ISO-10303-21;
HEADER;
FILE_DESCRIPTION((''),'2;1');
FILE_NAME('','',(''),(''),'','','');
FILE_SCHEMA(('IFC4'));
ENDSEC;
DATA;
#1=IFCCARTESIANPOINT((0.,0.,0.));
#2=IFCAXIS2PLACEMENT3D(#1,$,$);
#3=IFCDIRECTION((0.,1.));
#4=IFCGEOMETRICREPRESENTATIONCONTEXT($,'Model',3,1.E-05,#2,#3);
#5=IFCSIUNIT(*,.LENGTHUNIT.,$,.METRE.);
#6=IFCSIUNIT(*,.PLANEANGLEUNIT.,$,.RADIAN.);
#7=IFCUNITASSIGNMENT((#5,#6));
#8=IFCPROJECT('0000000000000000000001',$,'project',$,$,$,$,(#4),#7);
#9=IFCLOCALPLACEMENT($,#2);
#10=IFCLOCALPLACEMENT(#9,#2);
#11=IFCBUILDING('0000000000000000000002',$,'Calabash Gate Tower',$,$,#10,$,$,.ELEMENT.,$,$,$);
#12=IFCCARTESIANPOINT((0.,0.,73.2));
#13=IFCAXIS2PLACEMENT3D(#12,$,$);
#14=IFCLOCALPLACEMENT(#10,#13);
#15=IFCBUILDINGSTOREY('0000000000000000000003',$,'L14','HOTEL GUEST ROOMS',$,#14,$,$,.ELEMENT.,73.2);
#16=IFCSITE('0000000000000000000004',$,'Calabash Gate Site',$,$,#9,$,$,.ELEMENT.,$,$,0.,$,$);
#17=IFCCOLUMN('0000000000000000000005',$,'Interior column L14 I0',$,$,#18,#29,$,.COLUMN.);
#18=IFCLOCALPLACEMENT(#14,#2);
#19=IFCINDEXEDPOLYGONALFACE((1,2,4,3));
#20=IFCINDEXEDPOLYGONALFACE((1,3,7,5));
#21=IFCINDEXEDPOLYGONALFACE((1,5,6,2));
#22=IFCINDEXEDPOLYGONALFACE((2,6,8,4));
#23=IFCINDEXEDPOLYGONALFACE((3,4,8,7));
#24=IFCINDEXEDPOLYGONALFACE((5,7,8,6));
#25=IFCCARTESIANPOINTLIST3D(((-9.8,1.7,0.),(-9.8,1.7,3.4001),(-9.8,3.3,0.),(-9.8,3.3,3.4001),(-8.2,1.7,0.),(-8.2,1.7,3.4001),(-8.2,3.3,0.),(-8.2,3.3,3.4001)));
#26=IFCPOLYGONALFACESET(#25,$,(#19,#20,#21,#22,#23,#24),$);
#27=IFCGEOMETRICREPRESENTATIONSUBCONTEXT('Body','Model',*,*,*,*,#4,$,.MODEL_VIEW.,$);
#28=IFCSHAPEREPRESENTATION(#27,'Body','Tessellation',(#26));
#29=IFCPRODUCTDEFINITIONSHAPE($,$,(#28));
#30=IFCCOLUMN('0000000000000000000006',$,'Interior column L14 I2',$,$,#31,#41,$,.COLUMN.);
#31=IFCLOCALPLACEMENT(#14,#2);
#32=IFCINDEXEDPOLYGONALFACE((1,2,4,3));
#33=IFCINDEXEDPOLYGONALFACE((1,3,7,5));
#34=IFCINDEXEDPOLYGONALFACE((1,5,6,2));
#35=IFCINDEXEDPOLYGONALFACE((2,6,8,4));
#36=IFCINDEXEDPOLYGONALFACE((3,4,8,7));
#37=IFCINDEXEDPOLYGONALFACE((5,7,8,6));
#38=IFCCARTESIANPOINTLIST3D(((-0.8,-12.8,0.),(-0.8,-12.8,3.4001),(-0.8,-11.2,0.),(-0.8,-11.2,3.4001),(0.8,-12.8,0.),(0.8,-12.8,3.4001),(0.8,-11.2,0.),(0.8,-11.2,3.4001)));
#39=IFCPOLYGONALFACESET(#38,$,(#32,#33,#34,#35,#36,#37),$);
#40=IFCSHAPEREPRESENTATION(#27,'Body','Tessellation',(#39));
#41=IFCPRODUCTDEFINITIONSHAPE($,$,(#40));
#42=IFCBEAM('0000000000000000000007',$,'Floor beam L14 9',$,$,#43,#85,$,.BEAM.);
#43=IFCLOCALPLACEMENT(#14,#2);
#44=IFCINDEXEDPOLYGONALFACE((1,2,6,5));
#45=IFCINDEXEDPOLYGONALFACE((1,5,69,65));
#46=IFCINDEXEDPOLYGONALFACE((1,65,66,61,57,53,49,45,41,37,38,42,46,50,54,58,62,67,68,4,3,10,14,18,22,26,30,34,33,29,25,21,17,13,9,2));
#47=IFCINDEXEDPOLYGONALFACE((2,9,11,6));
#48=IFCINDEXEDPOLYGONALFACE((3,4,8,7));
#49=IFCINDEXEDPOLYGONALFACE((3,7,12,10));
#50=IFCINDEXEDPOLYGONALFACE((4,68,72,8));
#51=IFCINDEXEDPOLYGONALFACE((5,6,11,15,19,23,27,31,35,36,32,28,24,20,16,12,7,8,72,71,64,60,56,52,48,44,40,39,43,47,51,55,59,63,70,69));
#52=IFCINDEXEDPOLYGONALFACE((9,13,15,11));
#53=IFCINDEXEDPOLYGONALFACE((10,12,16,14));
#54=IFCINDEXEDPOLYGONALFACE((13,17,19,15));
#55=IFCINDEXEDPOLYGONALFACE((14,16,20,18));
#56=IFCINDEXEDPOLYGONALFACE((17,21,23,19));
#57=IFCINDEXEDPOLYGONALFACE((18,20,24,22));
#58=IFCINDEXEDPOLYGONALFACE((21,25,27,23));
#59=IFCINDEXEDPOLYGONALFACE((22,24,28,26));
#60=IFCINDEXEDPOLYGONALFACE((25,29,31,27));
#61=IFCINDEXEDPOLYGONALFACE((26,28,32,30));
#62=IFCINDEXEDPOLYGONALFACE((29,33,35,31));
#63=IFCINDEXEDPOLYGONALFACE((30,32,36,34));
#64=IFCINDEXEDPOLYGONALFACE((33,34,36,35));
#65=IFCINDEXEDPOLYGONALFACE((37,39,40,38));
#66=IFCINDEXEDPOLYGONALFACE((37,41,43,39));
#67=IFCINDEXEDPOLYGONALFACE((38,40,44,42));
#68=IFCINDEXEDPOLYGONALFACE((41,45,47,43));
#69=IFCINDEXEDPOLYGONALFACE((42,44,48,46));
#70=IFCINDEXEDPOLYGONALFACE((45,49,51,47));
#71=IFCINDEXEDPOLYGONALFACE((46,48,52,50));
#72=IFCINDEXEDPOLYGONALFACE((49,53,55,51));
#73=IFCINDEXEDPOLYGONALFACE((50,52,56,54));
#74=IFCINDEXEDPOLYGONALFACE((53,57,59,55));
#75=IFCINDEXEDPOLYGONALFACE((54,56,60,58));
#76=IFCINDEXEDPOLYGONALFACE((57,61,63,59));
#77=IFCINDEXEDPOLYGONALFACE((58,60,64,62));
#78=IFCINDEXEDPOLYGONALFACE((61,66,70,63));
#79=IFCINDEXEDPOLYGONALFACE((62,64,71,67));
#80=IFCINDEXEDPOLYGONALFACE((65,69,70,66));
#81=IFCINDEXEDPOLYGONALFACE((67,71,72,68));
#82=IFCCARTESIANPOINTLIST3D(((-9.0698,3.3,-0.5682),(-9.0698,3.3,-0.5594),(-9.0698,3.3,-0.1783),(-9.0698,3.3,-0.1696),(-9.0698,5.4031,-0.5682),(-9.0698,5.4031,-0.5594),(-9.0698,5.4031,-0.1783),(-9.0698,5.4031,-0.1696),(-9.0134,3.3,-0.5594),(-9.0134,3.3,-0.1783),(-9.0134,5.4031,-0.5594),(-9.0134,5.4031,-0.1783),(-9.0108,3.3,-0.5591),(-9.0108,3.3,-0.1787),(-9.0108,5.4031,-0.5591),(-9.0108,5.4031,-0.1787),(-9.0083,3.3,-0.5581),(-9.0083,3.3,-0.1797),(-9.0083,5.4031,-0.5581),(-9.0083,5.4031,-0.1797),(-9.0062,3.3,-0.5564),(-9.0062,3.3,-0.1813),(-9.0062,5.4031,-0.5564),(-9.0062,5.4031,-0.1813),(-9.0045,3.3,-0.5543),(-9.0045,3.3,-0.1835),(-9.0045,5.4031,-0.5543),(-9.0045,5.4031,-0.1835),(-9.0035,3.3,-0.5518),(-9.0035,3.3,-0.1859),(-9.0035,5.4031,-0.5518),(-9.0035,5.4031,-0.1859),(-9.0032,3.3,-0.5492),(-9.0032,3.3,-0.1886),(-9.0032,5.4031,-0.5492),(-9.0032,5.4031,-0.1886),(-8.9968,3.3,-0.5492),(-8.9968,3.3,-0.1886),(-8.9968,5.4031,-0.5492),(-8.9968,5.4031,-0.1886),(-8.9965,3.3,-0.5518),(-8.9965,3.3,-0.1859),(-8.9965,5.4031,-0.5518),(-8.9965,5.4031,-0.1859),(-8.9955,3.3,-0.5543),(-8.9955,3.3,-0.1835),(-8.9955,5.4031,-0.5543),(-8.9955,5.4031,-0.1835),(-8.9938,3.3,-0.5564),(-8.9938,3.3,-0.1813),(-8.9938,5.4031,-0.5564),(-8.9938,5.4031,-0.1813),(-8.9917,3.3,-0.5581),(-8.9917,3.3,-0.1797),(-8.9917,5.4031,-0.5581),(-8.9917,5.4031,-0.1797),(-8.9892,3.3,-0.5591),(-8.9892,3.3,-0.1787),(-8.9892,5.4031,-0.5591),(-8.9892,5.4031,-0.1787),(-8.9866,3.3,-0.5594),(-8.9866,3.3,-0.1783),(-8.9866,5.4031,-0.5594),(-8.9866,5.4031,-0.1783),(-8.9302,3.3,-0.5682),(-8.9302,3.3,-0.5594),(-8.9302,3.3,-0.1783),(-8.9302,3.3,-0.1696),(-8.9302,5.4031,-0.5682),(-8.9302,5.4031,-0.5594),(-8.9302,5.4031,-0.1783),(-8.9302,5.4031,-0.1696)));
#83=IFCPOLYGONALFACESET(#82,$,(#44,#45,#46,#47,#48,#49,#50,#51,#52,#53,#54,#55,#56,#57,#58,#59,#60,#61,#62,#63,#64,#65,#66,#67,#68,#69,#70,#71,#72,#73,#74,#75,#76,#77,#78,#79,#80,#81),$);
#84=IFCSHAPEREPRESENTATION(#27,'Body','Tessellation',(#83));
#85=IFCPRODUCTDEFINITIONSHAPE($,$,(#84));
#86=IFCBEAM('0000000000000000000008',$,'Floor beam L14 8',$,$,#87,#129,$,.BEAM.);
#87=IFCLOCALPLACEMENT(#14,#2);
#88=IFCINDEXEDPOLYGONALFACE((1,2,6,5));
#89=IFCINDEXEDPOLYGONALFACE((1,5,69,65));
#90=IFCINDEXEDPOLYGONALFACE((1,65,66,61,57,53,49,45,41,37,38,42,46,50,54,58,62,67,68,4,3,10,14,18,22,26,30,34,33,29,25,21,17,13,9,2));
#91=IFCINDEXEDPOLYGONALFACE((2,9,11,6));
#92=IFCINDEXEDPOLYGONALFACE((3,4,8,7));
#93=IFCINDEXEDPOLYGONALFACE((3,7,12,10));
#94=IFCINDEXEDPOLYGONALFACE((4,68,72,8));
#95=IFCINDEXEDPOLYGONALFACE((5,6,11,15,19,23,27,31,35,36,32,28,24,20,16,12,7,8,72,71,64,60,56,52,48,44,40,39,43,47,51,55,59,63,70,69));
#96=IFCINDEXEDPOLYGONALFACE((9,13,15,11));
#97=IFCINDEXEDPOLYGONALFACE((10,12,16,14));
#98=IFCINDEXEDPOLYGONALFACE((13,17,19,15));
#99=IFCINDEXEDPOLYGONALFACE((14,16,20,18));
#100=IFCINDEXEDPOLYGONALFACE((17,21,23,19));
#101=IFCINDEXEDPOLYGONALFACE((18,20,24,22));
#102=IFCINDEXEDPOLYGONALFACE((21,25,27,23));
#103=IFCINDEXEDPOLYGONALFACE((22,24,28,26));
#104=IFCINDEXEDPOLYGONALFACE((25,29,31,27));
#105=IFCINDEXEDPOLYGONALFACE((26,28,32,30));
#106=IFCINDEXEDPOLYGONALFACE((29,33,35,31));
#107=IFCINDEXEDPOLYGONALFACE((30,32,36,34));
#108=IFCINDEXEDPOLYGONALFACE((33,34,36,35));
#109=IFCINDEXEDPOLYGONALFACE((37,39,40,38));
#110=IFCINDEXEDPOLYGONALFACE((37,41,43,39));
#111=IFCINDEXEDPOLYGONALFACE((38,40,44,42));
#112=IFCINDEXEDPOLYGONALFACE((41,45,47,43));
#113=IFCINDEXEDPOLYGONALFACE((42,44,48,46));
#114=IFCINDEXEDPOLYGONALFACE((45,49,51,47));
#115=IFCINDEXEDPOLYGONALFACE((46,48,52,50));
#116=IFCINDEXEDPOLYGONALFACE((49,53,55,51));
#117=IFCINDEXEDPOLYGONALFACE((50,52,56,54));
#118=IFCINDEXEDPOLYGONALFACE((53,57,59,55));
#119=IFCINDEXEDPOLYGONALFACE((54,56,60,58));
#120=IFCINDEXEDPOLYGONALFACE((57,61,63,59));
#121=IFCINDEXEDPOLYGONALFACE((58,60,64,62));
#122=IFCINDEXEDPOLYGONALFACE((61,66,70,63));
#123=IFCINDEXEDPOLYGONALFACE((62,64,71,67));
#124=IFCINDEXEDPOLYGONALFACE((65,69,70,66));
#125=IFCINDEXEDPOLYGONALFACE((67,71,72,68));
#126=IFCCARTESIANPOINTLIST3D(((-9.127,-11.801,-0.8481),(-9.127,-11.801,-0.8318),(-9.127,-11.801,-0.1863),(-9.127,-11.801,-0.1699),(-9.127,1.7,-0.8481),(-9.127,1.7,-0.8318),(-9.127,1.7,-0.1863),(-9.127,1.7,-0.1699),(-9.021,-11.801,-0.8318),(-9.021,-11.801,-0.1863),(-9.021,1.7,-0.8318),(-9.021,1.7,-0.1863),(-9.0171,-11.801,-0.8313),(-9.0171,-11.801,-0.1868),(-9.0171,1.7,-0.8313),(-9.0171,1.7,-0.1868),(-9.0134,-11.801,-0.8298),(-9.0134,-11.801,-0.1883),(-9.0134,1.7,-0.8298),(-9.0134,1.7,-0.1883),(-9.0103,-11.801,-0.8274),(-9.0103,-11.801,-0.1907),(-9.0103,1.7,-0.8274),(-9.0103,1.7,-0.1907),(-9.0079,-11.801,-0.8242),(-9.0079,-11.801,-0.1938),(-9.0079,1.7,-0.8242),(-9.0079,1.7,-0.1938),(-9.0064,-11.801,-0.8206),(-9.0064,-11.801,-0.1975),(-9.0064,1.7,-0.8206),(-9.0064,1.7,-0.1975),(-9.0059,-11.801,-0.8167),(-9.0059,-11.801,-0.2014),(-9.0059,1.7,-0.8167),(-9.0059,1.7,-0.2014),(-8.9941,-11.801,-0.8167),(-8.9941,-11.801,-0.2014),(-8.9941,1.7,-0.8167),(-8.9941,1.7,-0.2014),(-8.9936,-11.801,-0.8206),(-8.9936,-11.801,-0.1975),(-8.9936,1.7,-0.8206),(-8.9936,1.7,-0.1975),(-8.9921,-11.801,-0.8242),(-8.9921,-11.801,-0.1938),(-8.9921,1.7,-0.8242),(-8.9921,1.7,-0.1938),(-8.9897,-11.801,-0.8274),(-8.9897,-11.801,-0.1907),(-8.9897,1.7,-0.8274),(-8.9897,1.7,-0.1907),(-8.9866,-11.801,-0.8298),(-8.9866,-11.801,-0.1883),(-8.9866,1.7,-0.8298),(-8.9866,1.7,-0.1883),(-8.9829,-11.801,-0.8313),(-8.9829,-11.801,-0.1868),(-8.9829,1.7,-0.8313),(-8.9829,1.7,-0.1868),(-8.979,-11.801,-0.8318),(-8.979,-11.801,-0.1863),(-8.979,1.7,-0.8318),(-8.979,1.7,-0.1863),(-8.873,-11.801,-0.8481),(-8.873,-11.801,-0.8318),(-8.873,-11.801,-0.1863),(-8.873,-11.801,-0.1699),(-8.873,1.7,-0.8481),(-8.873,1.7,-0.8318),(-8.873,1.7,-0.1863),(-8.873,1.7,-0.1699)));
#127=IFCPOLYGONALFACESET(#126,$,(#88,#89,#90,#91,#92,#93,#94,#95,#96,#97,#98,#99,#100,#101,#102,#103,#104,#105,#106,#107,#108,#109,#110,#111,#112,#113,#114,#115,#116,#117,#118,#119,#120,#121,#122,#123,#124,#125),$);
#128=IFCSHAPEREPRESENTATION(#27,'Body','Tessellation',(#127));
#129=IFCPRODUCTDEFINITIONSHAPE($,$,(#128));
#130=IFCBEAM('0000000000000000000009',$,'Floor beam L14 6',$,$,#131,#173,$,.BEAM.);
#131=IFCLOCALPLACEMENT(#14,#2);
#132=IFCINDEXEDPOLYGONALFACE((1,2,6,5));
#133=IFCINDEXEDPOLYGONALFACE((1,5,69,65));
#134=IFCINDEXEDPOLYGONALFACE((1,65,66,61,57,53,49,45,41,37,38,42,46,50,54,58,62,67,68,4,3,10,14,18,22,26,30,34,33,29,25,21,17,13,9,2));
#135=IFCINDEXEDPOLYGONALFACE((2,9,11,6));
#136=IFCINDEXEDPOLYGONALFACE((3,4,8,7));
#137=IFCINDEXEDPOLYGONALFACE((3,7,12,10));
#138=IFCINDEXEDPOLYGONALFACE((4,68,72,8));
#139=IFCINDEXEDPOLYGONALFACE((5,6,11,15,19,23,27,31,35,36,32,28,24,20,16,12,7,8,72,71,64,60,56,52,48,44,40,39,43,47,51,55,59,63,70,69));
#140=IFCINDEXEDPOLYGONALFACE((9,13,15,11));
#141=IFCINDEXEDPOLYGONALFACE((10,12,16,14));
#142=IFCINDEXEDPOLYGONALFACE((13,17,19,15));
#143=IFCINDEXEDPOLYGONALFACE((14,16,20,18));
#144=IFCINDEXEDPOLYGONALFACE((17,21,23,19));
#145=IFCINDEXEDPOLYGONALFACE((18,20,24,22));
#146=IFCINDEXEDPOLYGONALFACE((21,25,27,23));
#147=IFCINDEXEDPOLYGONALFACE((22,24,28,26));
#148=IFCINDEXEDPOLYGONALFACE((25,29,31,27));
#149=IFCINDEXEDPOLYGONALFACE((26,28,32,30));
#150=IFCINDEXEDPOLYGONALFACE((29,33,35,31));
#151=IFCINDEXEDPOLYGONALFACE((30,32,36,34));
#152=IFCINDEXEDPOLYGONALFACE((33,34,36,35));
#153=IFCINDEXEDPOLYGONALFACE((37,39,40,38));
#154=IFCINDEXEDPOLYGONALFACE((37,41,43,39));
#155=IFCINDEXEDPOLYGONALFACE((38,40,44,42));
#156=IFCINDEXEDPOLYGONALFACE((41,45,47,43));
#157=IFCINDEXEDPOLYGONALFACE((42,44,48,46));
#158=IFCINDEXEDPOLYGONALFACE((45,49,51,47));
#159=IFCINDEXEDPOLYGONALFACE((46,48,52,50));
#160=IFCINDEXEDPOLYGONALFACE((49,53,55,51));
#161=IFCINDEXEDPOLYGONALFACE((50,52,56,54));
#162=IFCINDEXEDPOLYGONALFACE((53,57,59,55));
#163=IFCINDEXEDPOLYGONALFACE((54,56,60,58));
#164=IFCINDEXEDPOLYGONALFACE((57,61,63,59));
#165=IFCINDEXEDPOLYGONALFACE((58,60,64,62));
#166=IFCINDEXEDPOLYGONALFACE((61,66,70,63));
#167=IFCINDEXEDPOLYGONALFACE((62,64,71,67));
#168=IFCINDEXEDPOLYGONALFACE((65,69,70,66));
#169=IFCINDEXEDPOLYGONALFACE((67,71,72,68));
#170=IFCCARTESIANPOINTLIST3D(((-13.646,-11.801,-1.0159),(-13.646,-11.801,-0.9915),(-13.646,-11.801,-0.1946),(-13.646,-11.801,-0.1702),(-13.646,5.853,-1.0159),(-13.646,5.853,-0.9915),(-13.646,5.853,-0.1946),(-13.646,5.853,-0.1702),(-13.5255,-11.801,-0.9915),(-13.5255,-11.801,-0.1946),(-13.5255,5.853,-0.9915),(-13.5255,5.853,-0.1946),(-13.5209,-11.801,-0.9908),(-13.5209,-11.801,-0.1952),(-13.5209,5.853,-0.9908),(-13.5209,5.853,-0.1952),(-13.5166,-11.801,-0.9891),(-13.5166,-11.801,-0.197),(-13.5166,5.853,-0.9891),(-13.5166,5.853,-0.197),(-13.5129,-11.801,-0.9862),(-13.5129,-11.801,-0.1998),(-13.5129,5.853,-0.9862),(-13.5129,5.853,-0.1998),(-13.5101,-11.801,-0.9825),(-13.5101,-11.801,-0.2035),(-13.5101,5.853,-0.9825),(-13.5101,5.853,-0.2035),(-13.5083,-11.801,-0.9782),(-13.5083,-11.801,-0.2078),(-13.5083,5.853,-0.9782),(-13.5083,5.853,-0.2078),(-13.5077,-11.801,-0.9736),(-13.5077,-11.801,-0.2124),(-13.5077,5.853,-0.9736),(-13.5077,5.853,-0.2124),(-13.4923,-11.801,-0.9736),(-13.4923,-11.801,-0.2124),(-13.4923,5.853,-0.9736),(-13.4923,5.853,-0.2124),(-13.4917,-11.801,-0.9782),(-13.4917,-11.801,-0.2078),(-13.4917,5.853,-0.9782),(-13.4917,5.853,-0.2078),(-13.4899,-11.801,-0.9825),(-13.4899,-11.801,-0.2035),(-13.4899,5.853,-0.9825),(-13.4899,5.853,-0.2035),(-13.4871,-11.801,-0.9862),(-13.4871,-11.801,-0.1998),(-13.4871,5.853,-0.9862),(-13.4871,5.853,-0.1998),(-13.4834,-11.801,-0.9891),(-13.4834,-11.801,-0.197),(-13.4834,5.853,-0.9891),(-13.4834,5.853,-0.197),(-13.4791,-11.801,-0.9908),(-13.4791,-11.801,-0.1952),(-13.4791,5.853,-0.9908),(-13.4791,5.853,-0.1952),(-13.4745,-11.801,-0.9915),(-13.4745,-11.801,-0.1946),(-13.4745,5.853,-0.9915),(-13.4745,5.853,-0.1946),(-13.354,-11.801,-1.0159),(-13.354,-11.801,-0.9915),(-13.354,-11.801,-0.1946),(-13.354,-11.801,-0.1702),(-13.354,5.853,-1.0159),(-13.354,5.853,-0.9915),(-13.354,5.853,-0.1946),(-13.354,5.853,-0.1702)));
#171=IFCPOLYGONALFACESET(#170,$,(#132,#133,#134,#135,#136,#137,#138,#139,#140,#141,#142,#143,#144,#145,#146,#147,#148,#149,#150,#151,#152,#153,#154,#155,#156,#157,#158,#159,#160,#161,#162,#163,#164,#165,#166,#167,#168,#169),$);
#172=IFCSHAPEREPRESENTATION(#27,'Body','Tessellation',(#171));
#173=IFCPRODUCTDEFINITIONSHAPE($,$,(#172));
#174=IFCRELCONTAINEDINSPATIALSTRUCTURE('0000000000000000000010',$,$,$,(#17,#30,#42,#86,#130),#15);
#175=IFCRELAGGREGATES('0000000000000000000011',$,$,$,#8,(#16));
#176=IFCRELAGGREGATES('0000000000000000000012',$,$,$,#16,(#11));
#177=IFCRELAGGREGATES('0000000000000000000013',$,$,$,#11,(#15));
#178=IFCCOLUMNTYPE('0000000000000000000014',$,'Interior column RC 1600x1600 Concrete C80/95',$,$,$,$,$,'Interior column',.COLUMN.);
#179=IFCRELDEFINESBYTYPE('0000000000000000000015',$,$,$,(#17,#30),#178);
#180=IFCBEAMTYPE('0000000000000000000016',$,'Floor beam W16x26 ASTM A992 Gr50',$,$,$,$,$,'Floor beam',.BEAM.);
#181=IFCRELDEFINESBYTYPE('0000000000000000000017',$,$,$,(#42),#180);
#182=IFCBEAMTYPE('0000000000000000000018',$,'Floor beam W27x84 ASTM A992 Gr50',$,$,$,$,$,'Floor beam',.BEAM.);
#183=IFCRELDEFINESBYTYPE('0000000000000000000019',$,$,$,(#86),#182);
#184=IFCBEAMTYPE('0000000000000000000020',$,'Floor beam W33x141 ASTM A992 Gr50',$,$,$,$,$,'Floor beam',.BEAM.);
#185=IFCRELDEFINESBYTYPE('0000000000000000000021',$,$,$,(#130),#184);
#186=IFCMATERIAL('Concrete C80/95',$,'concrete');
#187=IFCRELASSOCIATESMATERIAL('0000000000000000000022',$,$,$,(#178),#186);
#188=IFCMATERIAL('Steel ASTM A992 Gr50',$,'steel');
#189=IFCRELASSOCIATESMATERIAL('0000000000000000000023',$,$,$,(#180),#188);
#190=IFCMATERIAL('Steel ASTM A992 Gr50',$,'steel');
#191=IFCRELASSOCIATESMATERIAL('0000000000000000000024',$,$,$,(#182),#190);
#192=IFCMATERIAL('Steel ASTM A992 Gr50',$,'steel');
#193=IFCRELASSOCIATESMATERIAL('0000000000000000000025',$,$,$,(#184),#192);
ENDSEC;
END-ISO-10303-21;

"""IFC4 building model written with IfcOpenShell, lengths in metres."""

from ifc_helpers import new_model, si_unit, direction, frame, origin, origin_2d, place, context, subcontext, project, spatial, rectangle, i_section, extrude, material, material_profile, profile_set, type_object, element, save


model = new_model("IFC4")

# Units and contexts
model_context = context("Model", 3, precision=1e-05, world=origin(), true_north=direction((0.0, 1.0)))
body_context = subcontext(model_context, "Body", "Model", "MODEL_VIEW")
ifc_project = project(units=[si_unit("LENGTHUNIT", "METRE"), si_unit("PLANEANGLEUNIT", "RADIAN")], contexts=[model_context])

# Site, building, storey
site_placement = place(None, origin())
site = spatial("IfcSite", under=ifc_project, at=site_placement, Name="Calabash Gate Site", CompositionType="ELEMENT", RefElevation=0.0)
building_placement = place(site_placement, origin())
building = spatial("IfcBuilding", under=site, at=building_placement, Name="Calabash Gate Tower", CompositionType="ELEMENT")
storey_placement = place(building_placement, frame((0.0, 0.0, 73.2)))
storey = spatial("IfcBuildingStorey", under=building, at=storey_placement, Name="L14", Description="HOTEL GUEST ROOMS", CompositionType="ELEMENT", Elevation=73.2)

# Columns
ifc_material_1 = material(Name="Concrete C80/95", Category="concrete")
ifc_material_profile_1 = material_profile(ifc_material_1, rectangle(XDim=1.6001, YDim=1.6001, at=origin_2d()))
ifc_profile_set_1 = profile_set([ifc_material_profile_1], Name="Concrete C80/95")
column_type = type_object("IfcColumnType", Name="Interior column RC 1600x1600 Concrete C80/95", ElementType="Interior column", PredefinedType="COLUMN", material=ifc_profile_set_1)
for number, where, z_axis, x_axis, name in (
    (1, (-9.0, 2.5, 0.0), (0.0, 0.0, 1.0), (1.0, 0.0, 0.0), "Interior column L14 I0"),
    (2, (0.0, -12.0, 0.0), (0.0, 0.0, 1.0), (1.0, 0.0, 0.0), "Interior column L14 I2"),
):
    element("IfcColumn", number, at=place(storey_placement, frame(where, z_axis=z_axis, x_axis=x_axis)), inside=storey, type_object=column_type, Name=name, PredefinedType="COLUMN", context=body_context, shape_type="SweptSolid", body=[
        extrude(rectangle(XDim=1.6001, YDim=1.6001, at=origin_2d()), origin(), (0.0, 0.0, 1.0), 3.4001),
    ])

# Beams
ifc_material_2 = material(Name="Steel ASTM A992 Gr50", Category="steel")
ifc_material_profile_2 = material_profile(ifc_material_2, i_section(OverallWidth=0.1396, OverallDepth=0.3987, WebThickness=0.0063, FlangeThickness=0.0088, FilletRadius=0.0103, at=origin_2d()))
ifc_profile_set_2 = profile_set([ifc_material_profile_2], Name="Steel ASTM A992 Gr50")
beam_type_1 = type_object("IfcBeamType", Name="Floor beam W16x26 ASTM A992 Gr50", ElementType="Floor beam", PredefinedType="BEAM", material=ifc_profile_set_2)
beam_1_placement = place(storey_placement, frame((-9.0, 3.3, -0.3689), z_axis=(0.0, 1.0, 0.0), x_axis=(-1.0, 0.0, 0.0)))
element("IfcBeam", 3, at=beam_1_placement, inside=storey, type_object=beam_type_1, Name="Floor beam L14 9", PredefinedType="BEAM", context=body_context, shape_type="SweptSolid", body=[
    extrude(i_section(OverallWidth=0.1396, OverallDepth=0.3987, WebThickness=0.0063, FlangeThickness=0.0088, FilletRadius=0.0103, at=origin_2d()), origin(), (0.0, 0.0, 1.0), 2.103),
])
ifc_material_3 = material(Name="Steel ASTM A992 Gr50", Category="steel")
ifc_material_profile_3 = material_profile(ifc_material_3, i_section(OverallWidth=0.2539, OverallDepth=0.6782, WebThickness=0.0117, FlangeThickness=0.0164, FilletRadius=0.0151, at=origin_2d()))
ifc_profile_set_3 = profile_set([ifc_material_profile_3], Name="Steel ASTM A992 Gr50")
beam_type_2 = type_object("IfcBeamType", Name="Floor beam W27x84 ASTM A992 Gr50", ElementType="Floor beam", PredefinedType="BEAM", material=ifc_profile_set_3)
beam_2_placement = place(storey_placement, frame((-9.0, -11.801, -0.509), z_axis=(0.0, 1.0, 0.0), x_axis=(-1.0, 0.0, 0.0)))
element("IfcBeam", 4, at=beam_2_placement, inside=storey, type_object=beam_type_2, Name="Floor beam L14 8", PredefinedType="BEAM", context=body_context, shape_type="SweptSolid", body=[
    extrude(i_section(OverallWidth=0.2539, OverallDepth=0.6782, WebThickness=0.0117, FlangeThickness=0.0164, FilletRadius=0.0151, at=origin_2d()), origin(), (0.0, 0.0, 1.0), 13.501),
])
ifc_material_4 = material(Name="Steel ASTM A992 Gr50", Category="steel")
ifc_material_profile_4 = material_profile(ifc_material_4, i_section(OverallWidth=0.292, OverallDepth=0.8457, WebThickness=0.0154, FlangeThickness=0.0244, FilletRadius=0.0178, at=origin_2d()))
ifc_profile_set_4 = profile_set([ifc_material_profile_4], Name="Steel ASTM A992 Gr50")
beam_type_3 = type_object("IfcBeamType", Name="Floor beam W33x141 ASTM A992 Gr50", ElementType="Floor beam", PredefinedType="BEAM", material=ifc_profile_set_4)
beam_3_placement = place(storey_placement, frame((-13.5, -11.801, -0.593), z_axis=(0.0, 1.0, 0.0), x_axis=(-1.0, 0.0, 0.0)))
element("IfcBeam", 5, at=beam_3_placement, inside=storey, type_object=beam_type_3, Name="Floor beam L14 6", PredefinedType="BEAM", context=body_context, shape_type="SweptSolid", body=[
    extrude(i_section(OverallWidth=0.292, OverallDepth=0.8457, WebThickness=0.0154, FlangeThickness=0.0244, FilletRadius=0.0178, at=origin_2d()), origin(), (0.0, 0.0, 1.0), 17.6541),
])

save(model, "model.ifc")
